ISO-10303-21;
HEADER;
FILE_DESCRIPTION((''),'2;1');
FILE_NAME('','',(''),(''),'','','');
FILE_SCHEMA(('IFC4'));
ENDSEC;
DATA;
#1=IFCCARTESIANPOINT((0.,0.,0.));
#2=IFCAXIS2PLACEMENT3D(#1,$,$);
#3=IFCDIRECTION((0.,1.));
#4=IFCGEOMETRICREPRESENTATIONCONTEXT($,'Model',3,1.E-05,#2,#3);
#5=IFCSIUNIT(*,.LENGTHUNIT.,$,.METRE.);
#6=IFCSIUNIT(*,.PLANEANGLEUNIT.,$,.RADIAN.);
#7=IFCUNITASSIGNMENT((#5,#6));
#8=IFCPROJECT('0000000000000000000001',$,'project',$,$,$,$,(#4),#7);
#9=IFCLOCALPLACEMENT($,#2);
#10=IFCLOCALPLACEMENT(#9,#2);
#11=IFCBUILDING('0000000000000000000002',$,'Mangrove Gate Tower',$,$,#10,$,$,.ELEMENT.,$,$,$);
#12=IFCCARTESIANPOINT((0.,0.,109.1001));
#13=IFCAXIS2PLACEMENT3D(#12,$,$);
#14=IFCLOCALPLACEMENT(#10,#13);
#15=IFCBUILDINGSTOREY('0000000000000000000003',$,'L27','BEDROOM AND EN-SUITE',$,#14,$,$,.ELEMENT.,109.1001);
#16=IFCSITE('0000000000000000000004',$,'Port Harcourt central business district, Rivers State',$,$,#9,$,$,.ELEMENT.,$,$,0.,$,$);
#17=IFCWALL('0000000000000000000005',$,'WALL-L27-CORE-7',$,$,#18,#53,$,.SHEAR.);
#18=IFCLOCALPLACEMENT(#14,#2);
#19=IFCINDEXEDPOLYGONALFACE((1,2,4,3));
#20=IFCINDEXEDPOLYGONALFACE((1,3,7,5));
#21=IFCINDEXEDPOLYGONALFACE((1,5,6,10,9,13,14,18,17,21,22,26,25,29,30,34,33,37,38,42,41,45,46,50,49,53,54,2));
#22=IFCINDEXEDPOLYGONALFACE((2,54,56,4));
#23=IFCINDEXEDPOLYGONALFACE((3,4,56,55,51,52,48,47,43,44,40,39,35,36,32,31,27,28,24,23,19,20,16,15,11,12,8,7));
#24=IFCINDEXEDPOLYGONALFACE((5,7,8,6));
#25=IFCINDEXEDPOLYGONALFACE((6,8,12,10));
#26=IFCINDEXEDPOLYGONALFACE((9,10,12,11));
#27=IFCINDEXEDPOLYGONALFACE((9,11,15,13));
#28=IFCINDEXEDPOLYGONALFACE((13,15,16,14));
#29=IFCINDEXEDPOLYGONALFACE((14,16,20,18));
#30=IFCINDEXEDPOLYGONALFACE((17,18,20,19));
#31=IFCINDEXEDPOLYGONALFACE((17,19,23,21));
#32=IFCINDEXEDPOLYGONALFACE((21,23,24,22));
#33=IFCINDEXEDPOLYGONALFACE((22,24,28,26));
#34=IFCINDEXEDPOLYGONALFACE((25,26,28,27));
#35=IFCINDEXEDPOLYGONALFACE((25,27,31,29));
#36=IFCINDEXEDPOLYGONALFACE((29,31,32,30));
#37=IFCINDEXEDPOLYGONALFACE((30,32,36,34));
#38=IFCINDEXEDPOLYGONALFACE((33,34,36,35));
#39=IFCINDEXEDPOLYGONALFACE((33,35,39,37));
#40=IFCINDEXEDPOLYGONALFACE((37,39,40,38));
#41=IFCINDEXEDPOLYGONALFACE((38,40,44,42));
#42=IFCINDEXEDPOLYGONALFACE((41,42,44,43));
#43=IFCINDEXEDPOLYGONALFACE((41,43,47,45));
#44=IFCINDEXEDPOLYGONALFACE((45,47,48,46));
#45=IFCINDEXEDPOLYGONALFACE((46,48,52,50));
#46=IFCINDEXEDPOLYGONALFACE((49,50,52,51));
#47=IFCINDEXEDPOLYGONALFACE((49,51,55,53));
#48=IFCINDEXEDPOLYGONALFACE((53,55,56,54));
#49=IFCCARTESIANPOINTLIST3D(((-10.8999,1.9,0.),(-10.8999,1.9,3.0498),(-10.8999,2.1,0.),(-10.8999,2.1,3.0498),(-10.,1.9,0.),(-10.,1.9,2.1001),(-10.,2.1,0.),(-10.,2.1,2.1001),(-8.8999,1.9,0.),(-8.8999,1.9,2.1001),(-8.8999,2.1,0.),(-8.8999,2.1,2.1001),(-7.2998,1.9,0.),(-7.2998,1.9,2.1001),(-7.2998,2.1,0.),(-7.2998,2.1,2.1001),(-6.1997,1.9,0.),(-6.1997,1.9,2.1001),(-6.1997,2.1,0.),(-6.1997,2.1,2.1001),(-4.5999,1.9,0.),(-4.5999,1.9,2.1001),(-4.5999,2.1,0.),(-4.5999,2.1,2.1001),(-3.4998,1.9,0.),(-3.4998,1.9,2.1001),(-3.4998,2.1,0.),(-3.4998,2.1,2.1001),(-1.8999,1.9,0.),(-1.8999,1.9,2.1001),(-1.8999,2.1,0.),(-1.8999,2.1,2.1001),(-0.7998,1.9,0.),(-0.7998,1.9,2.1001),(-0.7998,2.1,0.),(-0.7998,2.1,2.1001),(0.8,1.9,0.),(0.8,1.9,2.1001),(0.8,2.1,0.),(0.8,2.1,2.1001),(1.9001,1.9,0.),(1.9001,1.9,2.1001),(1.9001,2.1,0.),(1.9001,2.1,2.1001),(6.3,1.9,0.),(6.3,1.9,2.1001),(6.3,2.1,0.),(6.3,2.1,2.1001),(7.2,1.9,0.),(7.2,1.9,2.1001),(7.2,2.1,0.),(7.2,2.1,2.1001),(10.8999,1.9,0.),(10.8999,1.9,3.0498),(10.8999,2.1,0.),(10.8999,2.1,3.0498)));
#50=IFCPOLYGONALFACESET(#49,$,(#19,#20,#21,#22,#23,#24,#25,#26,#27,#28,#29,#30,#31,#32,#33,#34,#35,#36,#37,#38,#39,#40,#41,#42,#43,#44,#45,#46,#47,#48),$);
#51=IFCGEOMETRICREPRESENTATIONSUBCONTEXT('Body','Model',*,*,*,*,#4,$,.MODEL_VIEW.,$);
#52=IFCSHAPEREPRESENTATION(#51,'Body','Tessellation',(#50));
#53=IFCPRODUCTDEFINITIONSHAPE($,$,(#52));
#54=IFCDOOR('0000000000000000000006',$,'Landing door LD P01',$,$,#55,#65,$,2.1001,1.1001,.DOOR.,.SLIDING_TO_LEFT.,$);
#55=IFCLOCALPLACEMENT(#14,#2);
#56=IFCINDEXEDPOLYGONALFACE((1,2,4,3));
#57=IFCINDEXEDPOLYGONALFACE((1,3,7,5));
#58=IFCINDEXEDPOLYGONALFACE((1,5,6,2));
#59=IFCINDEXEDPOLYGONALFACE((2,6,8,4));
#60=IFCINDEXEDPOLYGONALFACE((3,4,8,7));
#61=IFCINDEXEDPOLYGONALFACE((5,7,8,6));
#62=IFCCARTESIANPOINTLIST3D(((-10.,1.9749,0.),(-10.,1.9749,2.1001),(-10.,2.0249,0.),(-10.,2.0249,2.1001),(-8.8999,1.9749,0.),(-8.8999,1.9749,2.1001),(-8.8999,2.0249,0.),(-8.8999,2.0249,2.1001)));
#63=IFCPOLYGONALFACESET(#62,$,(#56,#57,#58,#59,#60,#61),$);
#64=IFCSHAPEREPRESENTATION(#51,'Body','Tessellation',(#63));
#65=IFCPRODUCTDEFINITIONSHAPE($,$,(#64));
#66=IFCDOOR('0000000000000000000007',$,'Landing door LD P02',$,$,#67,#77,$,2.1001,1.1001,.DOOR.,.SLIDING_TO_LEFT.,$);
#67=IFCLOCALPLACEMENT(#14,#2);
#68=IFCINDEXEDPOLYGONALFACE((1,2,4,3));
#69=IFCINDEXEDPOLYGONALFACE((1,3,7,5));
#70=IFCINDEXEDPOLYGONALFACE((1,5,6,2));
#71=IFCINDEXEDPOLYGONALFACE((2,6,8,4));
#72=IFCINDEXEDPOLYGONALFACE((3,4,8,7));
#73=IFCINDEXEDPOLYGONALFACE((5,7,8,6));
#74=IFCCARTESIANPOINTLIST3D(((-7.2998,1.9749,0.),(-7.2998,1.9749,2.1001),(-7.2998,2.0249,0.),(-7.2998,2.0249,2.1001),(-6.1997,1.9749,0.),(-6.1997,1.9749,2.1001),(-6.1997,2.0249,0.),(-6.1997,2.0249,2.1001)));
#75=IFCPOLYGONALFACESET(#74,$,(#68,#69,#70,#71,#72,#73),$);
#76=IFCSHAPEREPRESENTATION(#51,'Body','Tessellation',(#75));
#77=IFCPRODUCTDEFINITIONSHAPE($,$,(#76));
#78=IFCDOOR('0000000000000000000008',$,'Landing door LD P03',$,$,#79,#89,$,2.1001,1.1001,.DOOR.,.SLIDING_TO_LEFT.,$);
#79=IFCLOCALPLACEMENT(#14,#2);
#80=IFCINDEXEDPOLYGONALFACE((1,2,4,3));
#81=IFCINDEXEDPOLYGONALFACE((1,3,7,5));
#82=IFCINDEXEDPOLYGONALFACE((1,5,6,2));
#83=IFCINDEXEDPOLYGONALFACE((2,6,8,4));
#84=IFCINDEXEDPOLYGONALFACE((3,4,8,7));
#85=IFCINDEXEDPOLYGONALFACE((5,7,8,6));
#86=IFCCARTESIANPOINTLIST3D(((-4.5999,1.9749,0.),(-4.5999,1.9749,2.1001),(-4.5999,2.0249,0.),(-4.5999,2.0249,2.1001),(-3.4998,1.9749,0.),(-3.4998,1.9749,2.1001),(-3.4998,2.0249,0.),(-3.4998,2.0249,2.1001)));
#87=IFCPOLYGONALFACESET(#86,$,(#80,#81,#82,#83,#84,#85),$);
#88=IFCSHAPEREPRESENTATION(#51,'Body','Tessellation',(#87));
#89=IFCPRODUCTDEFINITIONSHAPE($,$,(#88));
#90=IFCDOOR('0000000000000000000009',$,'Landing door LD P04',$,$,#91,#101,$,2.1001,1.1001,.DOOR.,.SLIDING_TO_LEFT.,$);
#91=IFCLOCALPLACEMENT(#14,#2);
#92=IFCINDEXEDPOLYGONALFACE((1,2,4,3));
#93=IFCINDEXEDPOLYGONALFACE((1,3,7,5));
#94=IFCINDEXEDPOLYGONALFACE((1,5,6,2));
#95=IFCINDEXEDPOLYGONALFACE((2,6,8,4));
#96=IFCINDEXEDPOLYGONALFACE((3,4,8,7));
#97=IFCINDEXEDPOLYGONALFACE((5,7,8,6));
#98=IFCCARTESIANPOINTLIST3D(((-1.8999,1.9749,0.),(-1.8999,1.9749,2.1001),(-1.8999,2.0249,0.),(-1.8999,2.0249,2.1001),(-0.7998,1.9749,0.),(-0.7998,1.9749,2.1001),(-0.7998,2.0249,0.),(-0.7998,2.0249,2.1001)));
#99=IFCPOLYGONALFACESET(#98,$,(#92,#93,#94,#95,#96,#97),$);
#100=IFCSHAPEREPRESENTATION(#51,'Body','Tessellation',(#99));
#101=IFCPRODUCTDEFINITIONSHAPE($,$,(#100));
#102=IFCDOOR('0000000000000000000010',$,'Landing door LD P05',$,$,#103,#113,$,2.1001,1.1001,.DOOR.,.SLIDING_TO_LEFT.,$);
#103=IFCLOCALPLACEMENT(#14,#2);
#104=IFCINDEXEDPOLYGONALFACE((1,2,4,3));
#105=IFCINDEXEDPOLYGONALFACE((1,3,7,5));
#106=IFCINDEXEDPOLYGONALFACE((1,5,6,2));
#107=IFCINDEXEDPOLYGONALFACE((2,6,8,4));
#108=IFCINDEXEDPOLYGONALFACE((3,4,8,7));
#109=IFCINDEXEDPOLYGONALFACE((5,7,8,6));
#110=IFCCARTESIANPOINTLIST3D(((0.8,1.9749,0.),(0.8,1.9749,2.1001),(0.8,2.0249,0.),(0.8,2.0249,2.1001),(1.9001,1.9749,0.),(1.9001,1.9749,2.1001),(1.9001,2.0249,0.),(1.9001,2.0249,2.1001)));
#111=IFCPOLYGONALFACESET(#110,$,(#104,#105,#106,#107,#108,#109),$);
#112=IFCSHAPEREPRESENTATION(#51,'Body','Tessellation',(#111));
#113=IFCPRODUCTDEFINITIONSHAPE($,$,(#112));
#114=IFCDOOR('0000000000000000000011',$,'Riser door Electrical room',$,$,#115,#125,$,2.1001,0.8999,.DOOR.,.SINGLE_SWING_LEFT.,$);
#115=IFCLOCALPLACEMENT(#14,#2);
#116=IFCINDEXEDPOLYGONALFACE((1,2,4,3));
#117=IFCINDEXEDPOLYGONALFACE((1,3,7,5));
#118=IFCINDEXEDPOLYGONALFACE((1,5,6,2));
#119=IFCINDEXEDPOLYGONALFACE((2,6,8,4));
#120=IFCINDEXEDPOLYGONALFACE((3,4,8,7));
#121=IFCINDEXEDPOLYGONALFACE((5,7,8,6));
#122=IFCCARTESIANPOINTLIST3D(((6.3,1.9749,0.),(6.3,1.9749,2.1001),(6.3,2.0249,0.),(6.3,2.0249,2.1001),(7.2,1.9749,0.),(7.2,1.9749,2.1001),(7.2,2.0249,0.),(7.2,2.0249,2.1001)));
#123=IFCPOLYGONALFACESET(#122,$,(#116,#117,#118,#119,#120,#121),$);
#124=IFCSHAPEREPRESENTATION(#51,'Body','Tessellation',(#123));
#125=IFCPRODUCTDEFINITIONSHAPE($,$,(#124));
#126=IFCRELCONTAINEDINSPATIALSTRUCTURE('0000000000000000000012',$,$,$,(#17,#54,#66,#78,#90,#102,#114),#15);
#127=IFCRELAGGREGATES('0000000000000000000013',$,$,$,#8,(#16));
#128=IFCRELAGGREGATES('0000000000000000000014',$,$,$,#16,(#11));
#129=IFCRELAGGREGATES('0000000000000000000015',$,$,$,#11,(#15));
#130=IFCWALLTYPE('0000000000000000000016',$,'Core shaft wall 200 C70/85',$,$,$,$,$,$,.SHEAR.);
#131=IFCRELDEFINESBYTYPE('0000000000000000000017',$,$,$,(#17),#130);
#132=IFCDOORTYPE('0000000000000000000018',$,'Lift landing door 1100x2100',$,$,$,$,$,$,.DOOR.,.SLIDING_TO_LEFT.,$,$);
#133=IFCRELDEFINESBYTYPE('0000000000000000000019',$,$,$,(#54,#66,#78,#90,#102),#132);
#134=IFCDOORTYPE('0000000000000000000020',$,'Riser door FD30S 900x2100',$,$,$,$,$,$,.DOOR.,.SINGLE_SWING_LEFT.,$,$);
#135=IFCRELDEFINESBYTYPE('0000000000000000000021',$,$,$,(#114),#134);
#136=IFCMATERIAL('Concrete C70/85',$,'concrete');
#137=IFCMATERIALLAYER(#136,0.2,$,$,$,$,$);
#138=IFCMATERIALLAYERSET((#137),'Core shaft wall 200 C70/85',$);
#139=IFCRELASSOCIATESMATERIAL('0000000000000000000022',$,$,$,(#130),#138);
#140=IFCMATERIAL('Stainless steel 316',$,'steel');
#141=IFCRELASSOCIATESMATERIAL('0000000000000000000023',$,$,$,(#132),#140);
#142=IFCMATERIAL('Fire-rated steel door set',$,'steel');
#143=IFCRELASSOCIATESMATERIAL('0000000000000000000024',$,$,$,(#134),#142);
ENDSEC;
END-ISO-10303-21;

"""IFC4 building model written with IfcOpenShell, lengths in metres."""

from ifc_helpers import new_model, si_unit, direction, frame, frame_2d, origin, place, context, subcontext, project, spatial, rectangle, extrude, material, layer, layer_set, type_object, element, fill, save


model = new_model("IFC4")

# Units and contexts
model_context = context("Model", 3, precision=1e-05, world=origin(), true_north=direction((0.0, 1.0)))
body_context = subcontext(model_context, "Body", "Model", "MODEL_VIEW")
ifc_project = project(units=[si_unit("LENGTHUNIT", "METRE"), si_unit("PLANEANGLEUNIT", "RADIAN")], contexts=[model_context])

# Site, building, storey
site_placement = place(None, origin())
site = spatial("IfcSite", under=ifc_project, at=site_placement, Name="Port Harcourt central business district, Rivers State", CompositionType="ELEMENT", RefElevation=0.0)
building_placement = place(site_placement, origin())
building = spatial("IfcBuilding", under=site, at=building_placement, Name="Mangrove Gate Tower", CompositionType="ELEMENT")
storey_placement = place(building_placement, frame((0.0, 0.0, 109.1001)))
storey = spatial("IfcBuildingStorey", under=building, at=storey_placement, Name="L27", Description="BEDROOM AND EN-SUITE", CompositionType="ELEMENT", Elevation=109.1001)

# Wall, openings, doors
ifc_material_1 = material(Name="Concrete C70/85", Category="concrete")
ifc_layer = layer(ifc_material_1, 0.2)
ifc_layer_set = layer_set([ifc_layer], Name="Core shaft wall 200 C70/85")
wall_type = type_object("IfcWallType", Name="Core shaft wall 200 C70/85", PredefinedType="SHEAR", material=ifc_layer_set)
wall_1_placement = place(storey_placement, frame((-10.8999, 2.0, 0.0), z_axis=(0.0, 0.0, 1.0), x_axis=(1.0, 0.0, 0.0)))
wall_1 = element("IfcWall", 1, at=wall_1_placement, inside=storey, type_object=wall_type, Name="WALL-L27-CORE-7", PredefinedType="SHEAR", context=body_context, shape_type="SweptSolid", body=[
    extrude(rectangle(XDim=21.7998, YDim=0.2, at=frame_2d((10.8999, 0.0))), origin(), (0.0, 0.0, 1.0), 3.0498),
])
opening_1_placement = place(wall_1_placement, frame((0.8999, 0.0, 0.0)))
opening_1 = element("IfcOpeningElement", 2, at=opening_1_placement, cuts=wall_1, PredefinedType="OPENING", context=body_context, shape_type="SweptSolid", body=[
    extrude(rectangle(XDim=1.1001, YDim=2.1001, at=frame_2d((0.55, 1.05))), frame((0.0, 0.1099, 0.0), z_axis=(0.0, -1.0, 0.0), x_axis=(1.0, 0.0, 0.0)), (0.0, 0.0, 1.0), 0.22),
])
opening_2_placement = place(wall_1_placement, frame((3.6001, 0.0, 0.0)))
opening_2 = element("IfcOpeningElement", 3, at=opening_2_placement, cuts=wall_1, PredefinedType="OPENING", context=body_context, shape_type="SweptSolid", body=[
    extrude(rectangle(XDim=1.1001, YDim=2.1001, at=frame_2d((0.55, 1.05))), frame((0.0, 0.1099, 0.0), z_axis=(0.0, -1.0, 0.0), x_axis=(1.0, 0.0, 0.0)), (0.0, 0.0, 1.0), 0.22),
])
opening_3_placement = place(wall_1_placement, frame((6.3, 0.0, 0.0)))
opening_3 = element("IfcOpeningElement", 4, at=opening_3_placement, cuts=wall_1, PredefinedType="OPENING", context=body_context, shape_type="SweptSolid", body=[
    extrude(rectangle(XDim=1.1001, YDim=2.1001, at=frame_2d((0.55, 1.05))), frame((0.0, 0.1099, 0.0), z_axis=(0.0, -1.0, 0.0), x_axis=(1.0, 0.0, 0.0)), (0.0, 0.0, 1.0), 0.22),
])
opening_4_placement = place(wall_1_placement, frame((9.0, 0.0, 0.0)))
opening_4 = element("IfcOpeningElement", 5, at=opening_4_placement, cuts=wall_1, PredefinedType="OPENING", context=body_context, shape_type="SweptSolid", body=[
    extrude(rectangle(XDim=1.1001, YDim=2.1001, at=frame_2d((0.55, 1.05))), frame((0.0, 0.1099, 0.0), z_axis=(0.0, -1.0, 0.0), x_axis=(1.0, 0.0, 0.0)), (0.0, 0.0, 1.0), 0.22),
])
opening_5_placement = place(wall_1_placement, frame((11.7, 0.0, 0.0)))
opening_5 = element("IfcOpeningElement", 6, at=opening_5_placement, cuts=wall_1, PredefinedType="OPENING", context=body_context, shape_type="SweptSolid", body=[
    extrude(rectangle(XDim=1.1001, YDim=2.1001, at=frame_2d((0.55, 1.05))), frame((0.0, 0.1099, 0.0), z_axis=(0.0, -1.0, 0.0), x_axis=(1.0, 0.0, 0.0)), (0.0, 0.0, 1.0), 0.22),
])
opening_6_placement = place(wall_1_placement, frame((17.2, 0.0, 0.0)))
opening_6 = element("IfcOpeningElement", 7, at=opening_6_placement, cuts=wall_1, PredefinedType="OPENING", context=body_context, shape_type="SweptSolid", body=[
    extrude(rectangle(XDim=0.8999, YDim=2.1001, at=frame_2d((0.45, 1.05))), frame((0.0, 0.1099, 0.0), z_axis=(0.0, -1.0, 0.0), x_axis=(1.0, 0.0, 0.0)), (0.0, 0.0, 1.0), 0.22),
])
ifc_material_2 = material(Name="Stainless steel 316", Category="steel")
door_type_1 = type_object("IfcDoorType", Name="Lift landing door 1100x2100", OperationType="SLIDING_TO_LEFT", PredefinedType="DOOR", material=ifc_material_2)
door_1_placement = place(opening_1_placement, origin())
door_1 = element("IfcDoor", 8, at=door_1_placement, inside=storey, type_object=door_type_1, Name="Landing door LD P01", OperationType="SLIDING_TO_LEFT", OverallHeight=2.1001, OverallWidth=1.1001, PredefinedType="DOOR", context=body_context, shape_type="SweptSolid", body=[
    extrude(rectangle(XDim=1.1001, YDim=2.1001, at=frame_2d((0.55, 1.05))), frame((0.0, 0.0249, 0.0), z_axis=(0.0, -1.0, 0.0), x_axis=(1.0, 0.0, 0.0)), (0.0, 0.0, 1.0), 0.05),
])
fill(opening_1, door_1)
door_2_placement = place(opening_2_placement, origin())
door_2 = element("IfcDoor", 9, at=door_2_placement, inside=storey, type_object=door_type_1, Name="Landing door LD P02", OperationType="SLIDING_TO_LEFT", OverallHeight=2.1001, OverallWidth=1.1001, PredefinedType="DOOR", context=body_context, shape_type="SweptSolid", body=[
    extrude(rectangle(XDim=1.1001, YDim=2.1001, at=frame_2d((0.55, 1.05))), frame((0.0, 0.0249, 0.0), z_axis=(0.0, -1.0, 0.0), x_axis=(1.0, 0.0, 0.0)), (0.0, 0.0, 1.0), 0.05),
])
fill(opening_2, door_2)
door_3_placement = place(opening_3_placement, origin())
door_3 = element("IfcDoor", 10, at=door_3_placement, inside=storey, type_object=door_type_1, Name="Landing door LD P03", OperationType="SLIDING_TO_LEFT", OverallHeight=2.1001, OverallWidth=1.1001, PredefinedType="DOOR", context=body_context, shape_type="SweptSolid", body=[
    extrude(rectangle(XDim=1.1001, YDim=2.1001, at=frame_2d((0.55, 1.05))), frame((0.0, 0.0249, 0.0), z_axis=(0.0, -1.0, 0.0), x_axis=(1.0, 0.0, 0.0)), (0.0, 0.0, 1.0), 0.05),
])
fill(opening_3, door_3)
door_4_placement = place(opening_4_placement, origin())
door_4 = element("IfcDoor", 11, at=door_4_placement, inside=storey, type_object=door_type_1, Name="Landing door LD P04", OperationType="SLIDING_TO_LEFT", OverallHeight=2.1001, OverallWidth=1.1001, PredefinedType="DOOR", context=body_context, shape_type="SweptSolid", body=[
    extrude(rectangle(XDim=1.1001, YDim=2.1001, at=frame_2d((0.55, 1.05))), frame((0.0, 0.0249, 0.0), z_axis=(0.0, -1.0, 0.0), x_axis=(1.0, 0.0, 0.0)), (0.0, 0.0, 1.0), 0.05),
])
fill(opening_4, door_4)
door_5_placement = place(opening_5_placement, origin())
door_5 = element("IfcDoor", 12, at=door_5_placement, inside=storey, type_object=door_type_1, Name="Landing door LD P05", OperationType="SLIDING_TO_LEFT", OverallHeight=2.1001, OverallWidth=1.1001, PredefinedType="DOOR", context=body_context, shape_type="SweptSolid", body=[
    extrude(rectangle(XDim=1.1001, YDim=2.1001, at=frame_2d((0.55, 1.05))), frame((0.0, 0.0249, 0.0), z_axis=(0.0, -1.0, 0.0), x_axis=(1.0, 0.0, 0.0)), (0.0, 0.0, 1.0), 0.05),
])
fill(opening_5, door_5)
ifc_material_3 = material(Name="Fire-rated steel door set", Category="steel")
door_type_2 = type_object("IfcDoorType", Name="Riser door FD30S 900x2100", OperationType="SINGLE_SWING_LEFT", PredefinedType="DOOR", material=ifc_material_3)
door_6_placement = place(opening_6_placement, origin())
door_6 = element("IfcDoor", 13, at=door_6_placement, inside=storey, type_object=door_type_2, Name="Riser door Electrical room", OperationType="SINGLE_SWING_LEFT", OverallHeight=2.1001, OverallWidth=0.8999, PredefinedType="DOOR", context=body_context, shape_type="SweptSolid", body=[
    extrude(rectangle(XDim=0.8999, YDim=2.1001, at=frame_2d((0.45, 1.05))), frame((0.0, 0.0249, 0.0), z_axis=(0.0, -1.0, 0.0), x_axis=(1.0, 0.0, 0.0)), (0.0, 0.0, 1.0), 0.05),
])
fill(opening_6, door_6)

save(model, "model.ifc")
